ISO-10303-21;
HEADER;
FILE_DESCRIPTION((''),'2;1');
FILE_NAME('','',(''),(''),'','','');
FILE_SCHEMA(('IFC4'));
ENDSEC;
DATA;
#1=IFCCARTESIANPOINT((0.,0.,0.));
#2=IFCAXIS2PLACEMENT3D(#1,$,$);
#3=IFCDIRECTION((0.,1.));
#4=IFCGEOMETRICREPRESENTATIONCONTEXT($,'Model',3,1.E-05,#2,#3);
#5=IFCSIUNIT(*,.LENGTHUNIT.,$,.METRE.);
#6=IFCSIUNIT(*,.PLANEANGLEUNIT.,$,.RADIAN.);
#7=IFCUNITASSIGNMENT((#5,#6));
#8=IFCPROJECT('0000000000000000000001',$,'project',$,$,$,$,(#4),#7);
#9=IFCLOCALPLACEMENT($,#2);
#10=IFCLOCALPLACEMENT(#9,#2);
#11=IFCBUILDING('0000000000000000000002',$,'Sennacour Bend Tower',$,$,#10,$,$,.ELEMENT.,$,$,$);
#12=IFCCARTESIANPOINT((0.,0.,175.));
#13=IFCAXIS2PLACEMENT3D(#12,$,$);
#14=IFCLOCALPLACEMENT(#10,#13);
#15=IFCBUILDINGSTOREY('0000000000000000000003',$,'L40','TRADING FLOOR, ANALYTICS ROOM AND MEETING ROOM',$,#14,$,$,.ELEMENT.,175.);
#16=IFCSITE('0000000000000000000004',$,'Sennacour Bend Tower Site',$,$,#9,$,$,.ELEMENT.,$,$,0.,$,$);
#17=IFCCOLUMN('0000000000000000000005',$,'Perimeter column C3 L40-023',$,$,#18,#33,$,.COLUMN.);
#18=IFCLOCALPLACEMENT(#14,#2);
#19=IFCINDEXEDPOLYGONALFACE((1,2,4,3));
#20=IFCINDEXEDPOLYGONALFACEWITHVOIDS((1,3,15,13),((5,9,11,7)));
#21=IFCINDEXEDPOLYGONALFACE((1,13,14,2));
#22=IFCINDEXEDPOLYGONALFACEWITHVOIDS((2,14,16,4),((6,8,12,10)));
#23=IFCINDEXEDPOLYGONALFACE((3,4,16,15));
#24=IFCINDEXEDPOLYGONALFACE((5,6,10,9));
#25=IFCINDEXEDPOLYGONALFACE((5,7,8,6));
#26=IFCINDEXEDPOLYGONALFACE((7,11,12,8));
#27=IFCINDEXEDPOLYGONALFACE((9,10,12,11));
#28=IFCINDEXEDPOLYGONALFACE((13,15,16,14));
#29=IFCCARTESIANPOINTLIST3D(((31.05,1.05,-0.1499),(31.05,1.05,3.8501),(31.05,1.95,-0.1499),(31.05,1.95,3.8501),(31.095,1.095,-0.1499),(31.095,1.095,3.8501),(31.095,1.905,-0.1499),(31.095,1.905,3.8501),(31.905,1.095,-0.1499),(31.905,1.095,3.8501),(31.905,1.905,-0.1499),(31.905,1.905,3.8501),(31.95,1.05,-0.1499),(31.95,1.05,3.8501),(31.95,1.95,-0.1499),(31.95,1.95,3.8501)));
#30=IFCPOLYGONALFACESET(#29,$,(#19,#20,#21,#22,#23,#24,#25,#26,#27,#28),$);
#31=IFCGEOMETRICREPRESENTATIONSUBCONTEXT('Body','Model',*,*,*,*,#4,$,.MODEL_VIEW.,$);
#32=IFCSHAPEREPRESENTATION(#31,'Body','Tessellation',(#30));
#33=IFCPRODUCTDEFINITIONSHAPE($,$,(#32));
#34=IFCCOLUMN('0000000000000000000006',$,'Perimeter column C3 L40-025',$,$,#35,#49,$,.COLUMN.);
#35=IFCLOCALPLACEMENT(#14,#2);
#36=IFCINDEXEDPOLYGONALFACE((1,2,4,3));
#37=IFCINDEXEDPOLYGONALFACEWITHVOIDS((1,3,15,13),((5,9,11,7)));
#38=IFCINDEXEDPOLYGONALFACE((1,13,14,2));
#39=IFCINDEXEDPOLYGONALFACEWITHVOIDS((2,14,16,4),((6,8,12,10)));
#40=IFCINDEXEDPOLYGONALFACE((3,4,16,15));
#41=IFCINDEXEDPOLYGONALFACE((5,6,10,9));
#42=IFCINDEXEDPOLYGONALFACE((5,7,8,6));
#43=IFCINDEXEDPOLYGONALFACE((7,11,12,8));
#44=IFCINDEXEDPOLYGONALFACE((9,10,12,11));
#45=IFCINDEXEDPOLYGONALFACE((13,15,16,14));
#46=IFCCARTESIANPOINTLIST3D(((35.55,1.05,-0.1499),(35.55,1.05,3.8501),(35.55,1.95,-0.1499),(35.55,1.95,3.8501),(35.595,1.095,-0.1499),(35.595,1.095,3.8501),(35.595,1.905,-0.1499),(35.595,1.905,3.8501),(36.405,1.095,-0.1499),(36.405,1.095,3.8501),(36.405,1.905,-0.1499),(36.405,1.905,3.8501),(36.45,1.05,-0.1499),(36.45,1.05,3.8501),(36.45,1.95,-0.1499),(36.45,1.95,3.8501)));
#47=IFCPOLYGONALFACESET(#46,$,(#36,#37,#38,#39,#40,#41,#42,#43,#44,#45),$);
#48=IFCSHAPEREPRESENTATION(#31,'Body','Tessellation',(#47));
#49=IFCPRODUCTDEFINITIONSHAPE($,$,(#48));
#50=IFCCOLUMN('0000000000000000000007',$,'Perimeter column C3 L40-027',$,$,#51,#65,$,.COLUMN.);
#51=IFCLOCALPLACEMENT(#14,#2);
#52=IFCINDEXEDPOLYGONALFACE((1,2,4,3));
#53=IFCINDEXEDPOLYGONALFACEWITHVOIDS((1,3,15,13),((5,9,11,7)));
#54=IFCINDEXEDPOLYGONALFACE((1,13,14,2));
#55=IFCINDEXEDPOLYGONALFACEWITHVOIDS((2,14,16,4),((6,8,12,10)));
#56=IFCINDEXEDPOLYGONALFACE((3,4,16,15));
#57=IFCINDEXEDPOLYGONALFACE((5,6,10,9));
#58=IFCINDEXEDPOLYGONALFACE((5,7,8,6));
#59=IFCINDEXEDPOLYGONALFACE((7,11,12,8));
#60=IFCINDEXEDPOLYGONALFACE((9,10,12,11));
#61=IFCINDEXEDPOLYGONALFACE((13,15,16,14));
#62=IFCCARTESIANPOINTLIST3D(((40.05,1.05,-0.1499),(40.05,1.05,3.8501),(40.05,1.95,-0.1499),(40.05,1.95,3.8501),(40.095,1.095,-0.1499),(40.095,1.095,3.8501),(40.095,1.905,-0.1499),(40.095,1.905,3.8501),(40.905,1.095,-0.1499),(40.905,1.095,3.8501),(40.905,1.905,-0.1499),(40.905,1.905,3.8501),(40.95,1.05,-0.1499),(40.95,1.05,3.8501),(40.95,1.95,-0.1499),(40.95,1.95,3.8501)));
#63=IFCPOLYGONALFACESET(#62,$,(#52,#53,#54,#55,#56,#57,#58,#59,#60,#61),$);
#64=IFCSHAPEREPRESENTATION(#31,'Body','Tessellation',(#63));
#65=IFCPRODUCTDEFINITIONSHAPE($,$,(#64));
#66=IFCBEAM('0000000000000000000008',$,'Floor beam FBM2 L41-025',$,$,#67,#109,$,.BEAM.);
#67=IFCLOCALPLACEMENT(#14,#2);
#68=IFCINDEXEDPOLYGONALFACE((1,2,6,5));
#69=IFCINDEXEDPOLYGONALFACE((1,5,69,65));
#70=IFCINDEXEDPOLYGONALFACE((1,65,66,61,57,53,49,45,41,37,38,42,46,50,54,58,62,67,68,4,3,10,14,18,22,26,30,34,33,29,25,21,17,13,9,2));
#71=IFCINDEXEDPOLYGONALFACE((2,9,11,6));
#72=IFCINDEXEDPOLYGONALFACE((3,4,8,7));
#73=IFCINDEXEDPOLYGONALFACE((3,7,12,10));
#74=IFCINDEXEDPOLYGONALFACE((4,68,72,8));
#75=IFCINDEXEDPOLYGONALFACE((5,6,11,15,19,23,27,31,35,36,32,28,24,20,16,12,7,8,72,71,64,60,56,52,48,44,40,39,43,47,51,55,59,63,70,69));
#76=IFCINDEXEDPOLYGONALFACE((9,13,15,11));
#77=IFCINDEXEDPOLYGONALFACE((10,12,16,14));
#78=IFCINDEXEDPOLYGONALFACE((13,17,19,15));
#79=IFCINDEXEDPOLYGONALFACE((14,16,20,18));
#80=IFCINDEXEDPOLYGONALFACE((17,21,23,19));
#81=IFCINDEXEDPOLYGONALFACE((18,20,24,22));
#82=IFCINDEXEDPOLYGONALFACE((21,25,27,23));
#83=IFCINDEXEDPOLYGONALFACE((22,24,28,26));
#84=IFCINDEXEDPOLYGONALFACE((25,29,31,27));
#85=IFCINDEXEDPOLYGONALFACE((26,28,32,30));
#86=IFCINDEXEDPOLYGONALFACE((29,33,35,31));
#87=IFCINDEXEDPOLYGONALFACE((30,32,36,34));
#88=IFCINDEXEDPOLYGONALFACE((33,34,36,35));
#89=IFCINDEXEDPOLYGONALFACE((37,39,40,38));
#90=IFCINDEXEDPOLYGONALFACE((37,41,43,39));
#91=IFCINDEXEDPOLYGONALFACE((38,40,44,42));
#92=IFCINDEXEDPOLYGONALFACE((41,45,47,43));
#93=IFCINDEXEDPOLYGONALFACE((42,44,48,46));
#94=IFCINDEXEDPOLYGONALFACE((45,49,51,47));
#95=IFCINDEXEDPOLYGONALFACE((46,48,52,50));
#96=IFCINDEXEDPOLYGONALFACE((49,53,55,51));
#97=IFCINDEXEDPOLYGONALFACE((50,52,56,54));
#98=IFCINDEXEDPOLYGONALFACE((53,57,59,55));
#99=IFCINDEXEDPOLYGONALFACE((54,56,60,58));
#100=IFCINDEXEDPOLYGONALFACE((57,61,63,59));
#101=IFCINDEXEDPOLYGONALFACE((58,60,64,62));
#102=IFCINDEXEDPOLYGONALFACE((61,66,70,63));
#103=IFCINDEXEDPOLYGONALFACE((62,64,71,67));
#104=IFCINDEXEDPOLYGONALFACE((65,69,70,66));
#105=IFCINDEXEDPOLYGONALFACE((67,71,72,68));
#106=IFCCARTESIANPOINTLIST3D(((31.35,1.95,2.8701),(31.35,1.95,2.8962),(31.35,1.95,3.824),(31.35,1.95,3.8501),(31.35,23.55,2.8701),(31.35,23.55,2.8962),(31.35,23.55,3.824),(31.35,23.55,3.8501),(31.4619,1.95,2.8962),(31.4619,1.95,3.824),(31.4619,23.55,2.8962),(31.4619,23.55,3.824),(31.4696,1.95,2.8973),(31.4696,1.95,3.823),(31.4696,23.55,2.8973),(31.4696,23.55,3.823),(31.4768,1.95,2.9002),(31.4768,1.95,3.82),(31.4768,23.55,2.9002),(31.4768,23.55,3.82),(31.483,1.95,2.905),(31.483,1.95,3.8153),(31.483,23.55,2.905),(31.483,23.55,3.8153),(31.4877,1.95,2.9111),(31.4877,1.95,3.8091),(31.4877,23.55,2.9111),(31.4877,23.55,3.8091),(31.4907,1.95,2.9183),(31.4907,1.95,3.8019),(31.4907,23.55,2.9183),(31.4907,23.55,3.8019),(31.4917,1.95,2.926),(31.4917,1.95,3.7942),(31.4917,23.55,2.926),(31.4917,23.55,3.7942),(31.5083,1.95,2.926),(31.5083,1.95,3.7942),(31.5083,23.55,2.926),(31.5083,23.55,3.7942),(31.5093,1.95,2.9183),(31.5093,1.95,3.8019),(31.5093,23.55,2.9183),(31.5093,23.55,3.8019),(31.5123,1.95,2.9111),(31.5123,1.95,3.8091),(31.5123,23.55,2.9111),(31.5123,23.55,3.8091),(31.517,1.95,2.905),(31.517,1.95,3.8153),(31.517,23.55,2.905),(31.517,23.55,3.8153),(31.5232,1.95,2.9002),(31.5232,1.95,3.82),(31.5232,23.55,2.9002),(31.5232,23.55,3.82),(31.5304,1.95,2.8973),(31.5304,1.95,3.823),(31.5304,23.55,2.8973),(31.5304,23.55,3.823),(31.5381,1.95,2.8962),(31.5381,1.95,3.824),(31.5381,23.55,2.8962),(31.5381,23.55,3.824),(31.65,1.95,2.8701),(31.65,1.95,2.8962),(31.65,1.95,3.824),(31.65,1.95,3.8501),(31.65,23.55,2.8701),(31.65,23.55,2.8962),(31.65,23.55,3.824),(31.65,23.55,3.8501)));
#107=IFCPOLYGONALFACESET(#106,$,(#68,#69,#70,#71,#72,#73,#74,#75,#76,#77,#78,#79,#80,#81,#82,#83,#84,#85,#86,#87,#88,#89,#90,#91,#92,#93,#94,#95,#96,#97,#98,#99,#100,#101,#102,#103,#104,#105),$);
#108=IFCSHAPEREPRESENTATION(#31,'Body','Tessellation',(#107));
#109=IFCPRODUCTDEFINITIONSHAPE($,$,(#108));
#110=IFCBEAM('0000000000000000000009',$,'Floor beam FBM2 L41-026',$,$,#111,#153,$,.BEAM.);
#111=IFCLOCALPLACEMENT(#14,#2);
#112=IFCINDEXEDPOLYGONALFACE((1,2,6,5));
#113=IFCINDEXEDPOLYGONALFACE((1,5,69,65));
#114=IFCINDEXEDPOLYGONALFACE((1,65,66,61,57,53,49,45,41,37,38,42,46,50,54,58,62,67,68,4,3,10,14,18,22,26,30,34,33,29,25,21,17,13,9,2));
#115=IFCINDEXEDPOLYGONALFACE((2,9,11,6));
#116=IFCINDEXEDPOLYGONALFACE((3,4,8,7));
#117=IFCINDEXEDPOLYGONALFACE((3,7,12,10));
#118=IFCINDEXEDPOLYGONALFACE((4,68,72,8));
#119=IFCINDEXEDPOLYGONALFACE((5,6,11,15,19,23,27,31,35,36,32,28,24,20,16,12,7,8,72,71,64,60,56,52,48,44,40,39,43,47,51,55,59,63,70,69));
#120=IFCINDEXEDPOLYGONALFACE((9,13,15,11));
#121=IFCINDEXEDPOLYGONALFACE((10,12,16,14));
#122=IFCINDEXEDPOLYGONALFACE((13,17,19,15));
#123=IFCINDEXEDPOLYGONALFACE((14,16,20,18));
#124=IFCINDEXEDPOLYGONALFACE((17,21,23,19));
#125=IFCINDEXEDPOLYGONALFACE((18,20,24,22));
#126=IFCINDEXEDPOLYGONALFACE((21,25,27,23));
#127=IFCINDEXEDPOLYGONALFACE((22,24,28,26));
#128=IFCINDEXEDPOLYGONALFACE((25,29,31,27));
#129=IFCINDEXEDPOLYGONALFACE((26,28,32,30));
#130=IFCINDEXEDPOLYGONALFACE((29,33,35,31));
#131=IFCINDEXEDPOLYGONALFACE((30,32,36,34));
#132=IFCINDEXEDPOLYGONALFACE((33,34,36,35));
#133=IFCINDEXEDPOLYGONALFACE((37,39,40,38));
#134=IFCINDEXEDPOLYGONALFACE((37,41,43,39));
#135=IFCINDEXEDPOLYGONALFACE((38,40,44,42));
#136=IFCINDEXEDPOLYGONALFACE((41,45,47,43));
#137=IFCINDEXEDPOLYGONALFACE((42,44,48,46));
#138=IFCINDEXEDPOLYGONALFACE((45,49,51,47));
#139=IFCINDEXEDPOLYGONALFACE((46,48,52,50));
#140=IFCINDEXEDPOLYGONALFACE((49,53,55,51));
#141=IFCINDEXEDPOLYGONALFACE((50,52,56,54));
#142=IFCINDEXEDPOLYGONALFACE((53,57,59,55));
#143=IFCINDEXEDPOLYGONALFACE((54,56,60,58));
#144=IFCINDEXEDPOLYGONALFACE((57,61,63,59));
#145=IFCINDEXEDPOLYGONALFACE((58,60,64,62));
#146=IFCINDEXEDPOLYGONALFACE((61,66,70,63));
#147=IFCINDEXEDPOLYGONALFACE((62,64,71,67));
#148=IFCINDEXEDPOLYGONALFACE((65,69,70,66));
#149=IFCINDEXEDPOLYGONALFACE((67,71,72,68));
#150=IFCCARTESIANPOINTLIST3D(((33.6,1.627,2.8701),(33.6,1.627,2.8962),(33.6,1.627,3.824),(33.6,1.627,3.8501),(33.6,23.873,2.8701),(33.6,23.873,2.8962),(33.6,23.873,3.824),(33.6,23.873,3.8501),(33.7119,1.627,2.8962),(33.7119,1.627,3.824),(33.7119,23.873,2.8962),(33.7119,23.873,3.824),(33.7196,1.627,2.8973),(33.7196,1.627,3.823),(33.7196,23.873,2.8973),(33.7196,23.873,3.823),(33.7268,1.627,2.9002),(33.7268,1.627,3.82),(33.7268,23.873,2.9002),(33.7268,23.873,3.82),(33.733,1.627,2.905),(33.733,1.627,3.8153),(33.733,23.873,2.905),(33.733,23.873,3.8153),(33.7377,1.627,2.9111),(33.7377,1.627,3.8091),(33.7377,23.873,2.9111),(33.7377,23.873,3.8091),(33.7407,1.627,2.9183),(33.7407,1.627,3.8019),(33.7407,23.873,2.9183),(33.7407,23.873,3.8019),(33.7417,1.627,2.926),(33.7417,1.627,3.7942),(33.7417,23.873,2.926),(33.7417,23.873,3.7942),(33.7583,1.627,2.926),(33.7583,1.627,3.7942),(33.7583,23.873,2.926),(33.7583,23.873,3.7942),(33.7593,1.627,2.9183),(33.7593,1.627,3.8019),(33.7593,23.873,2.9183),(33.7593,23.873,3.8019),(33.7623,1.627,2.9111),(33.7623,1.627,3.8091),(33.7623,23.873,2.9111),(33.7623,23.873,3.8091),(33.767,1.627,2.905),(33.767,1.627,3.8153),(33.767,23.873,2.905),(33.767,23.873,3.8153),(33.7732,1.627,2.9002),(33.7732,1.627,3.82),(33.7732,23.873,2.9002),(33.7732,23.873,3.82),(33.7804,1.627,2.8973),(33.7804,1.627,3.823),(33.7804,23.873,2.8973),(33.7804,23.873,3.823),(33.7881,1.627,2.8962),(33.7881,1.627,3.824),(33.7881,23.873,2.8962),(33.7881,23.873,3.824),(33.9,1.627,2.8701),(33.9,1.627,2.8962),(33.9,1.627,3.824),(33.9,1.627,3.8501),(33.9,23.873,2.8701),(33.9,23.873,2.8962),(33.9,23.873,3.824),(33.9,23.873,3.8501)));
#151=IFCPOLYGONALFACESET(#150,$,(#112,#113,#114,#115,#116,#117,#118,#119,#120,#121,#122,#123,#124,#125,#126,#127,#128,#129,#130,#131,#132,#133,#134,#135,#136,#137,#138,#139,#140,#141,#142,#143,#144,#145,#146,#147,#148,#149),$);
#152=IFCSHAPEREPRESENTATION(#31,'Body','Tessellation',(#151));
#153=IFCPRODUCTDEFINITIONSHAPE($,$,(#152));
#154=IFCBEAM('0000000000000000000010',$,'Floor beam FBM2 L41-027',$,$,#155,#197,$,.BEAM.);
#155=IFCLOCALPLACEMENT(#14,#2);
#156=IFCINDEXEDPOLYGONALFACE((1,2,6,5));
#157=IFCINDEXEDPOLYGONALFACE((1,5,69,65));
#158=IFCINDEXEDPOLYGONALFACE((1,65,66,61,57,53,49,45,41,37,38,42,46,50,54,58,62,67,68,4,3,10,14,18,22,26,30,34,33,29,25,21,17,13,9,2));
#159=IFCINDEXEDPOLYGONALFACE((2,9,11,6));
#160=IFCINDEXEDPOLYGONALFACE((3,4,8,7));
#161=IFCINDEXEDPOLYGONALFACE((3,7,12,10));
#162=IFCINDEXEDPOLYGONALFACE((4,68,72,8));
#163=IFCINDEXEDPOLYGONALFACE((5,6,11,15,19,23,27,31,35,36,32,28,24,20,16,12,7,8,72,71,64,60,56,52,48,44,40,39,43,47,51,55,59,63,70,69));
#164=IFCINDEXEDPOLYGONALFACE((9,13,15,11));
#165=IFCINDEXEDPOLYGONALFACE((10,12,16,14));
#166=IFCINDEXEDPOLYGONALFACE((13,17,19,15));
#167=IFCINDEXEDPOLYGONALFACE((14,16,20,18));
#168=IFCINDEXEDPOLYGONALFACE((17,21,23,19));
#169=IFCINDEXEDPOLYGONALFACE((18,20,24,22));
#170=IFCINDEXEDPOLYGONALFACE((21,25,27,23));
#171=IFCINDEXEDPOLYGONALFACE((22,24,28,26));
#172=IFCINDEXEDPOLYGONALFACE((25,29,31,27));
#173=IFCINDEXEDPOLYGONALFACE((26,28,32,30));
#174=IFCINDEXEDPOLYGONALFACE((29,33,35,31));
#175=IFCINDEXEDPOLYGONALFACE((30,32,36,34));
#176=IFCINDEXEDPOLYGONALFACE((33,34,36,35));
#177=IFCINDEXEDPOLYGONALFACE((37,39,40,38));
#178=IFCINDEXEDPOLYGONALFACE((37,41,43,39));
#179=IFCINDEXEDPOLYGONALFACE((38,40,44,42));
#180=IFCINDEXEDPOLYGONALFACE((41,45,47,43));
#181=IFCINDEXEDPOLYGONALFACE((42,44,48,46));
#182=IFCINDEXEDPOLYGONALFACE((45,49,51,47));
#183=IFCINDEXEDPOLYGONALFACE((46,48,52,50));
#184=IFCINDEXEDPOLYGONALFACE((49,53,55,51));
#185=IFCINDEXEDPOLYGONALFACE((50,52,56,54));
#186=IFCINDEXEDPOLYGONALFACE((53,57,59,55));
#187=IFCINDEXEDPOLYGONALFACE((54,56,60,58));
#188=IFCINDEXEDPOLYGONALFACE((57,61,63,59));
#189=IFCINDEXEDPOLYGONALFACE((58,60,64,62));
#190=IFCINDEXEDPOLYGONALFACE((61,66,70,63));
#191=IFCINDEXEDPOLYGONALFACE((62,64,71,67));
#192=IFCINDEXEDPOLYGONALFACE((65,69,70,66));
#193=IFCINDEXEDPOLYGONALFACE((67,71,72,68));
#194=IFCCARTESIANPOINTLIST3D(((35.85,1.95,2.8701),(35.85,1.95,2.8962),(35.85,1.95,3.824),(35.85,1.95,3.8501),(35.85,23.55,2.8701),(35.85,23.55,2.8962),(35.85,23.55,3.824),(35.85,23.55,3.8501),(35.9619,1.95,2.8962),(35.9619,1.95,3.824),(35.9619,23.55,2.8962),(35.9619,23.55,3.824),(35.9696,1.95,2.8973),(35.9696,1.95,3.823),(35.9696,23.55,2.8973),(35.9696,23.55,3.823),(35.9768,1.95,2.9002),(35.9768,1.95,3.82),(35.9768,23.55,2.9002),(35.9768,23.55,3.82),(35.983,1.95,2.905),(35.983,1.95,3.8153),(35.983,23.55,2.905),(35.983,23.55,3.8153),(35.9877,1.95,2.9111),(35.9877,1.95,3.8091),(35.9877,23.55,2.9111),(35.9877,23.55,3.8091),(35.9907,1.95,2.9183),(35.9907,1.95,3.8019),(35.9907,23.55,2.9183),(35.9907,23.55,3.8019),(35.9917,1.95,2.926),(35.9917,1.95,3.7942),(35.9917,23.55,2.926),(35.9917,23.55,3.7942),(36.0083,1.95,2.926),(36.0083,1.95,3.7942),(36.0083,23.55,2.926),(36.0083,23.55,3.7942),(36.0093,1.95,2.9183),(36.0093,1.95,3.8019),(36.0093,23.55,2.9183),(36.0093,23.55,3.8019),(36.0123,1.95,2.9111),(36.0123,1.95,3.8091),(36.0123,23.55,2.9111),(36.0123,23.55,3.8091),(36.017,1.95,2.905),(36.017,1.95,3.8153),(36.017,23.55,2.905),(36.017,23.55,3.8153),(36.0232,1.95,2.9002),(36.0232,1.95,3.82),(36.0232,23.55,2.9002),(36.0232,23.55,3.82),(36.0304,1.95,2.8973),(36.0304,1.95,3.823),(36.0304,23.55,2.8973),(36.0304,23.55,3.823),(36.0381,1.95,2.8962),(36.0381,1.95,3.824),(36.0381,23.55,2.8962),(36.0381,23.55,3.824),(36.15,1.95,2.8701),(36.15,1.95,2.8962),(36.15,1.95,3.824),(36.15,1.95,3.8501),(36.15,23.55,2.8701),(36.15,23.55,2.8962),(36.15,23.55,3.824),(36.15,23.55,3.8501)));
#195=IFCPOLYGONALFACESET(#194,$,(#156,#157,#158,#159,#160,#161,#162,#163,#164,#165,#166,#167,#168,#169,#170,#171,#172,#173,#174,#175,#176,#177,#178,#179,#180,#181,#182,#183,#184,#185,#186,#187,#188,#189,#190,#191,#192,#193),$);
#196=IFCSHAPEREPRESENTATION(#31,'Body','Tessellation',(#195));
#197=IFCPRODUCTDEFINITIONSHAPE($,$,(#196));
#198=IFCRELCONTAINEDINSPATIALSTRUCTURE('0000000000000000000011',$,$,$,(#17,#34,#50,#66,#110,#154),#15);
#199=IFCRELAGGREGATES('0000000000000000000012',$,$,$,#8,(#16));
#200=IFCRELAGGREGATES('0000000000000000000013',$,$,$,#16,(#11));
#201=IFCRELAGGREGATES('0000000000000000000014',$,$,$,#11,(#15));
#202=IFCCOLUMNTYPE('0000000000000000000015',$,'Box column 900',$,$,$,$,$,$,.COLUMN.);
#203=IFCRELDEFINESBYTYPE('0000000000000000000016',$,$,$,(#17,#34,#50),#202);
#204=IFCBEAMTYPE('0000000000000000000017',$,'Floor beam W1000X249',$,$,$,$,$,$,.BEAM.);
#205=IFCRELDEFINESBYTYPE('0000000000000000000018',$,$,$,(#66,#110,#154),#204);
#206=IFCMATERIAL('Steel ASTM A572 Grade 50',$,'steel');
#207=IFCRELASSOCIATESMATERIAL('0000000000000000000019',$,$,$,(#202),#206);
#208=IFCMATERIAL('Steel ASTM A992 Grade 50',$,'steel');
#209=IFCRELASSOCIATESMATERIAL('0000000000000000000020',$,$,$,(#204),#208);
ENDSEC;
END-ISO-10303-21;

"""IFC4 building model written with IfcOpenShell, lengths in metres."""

from ifc_helpers import new_model, si_unit, direction, frame, origin, origin_2d, place, context, subcontext, project, spatial, hollow_rectangle, i_section, extrude, material, material_profile, profile_set, type_object, element, save


model = new_model("IFC4")

# Units and contexts
model_context = context("Model", 3, precision=1e-05, world=origin(), true_north=direction((0.0, 1.0)))
body_context = subcontext(model_context, "Body", "Model", "MODEL_VIEW")
ifc_project = project(units=[si_unit("LENGTHUNIT", "METRE"), si_unit("PLANEANGLEUNIT", "RADIAN")], contexts=[model_context])

# Site, building, storey
site_placement = place(None, origin())
site = spatial("IfcSite", under=ifc_project, at=site_placement, Name="Sennacour Bend Tower Site", CompositionType="ELEMENT", RefElevation=0.0)
building_placement = place(site_placement, origin())
building = spatial("IfcBuilding", under=site, at=building_placement, Name="Sennacour Bend Tower", CompositionType="ELEMENT")
storey_placement = place(building_placement, frame((0.0, 0.0, 175.0)))
storey = spatial("IfcBuildingStorey", under=building, at=storey_placement, Name="L40", Description="TRADING FLOOR, ANALYTICS ROOM AND MEETING ROOM", CompositionType="ELEMENT", Elevation=175.0)

# Columns
ifc_material_1 = material(Name="Steel ASTM A572 Grade 50", Category="steel")
ifc_material_profile_1 = material_profile(ifc_material_1, hollow_rectangle(XDim=0.8999, YDim=0.8999, WallThickness=0.0449, at=origin_2d()), Name="Steel ASTM A572 Grade 50", Category="steel")
ifc_profile_set_1 = profile_set([ifc_material_profile_1], Name="Steel ASTM A572 Grade 50")
column_type = type_object("IfcColumnType", Name="Box column 900", PredefinedType="COLUMN", material=ifc_profile_set_1)
for number, where, z_axis, x_axis, name in (
    (1, (31.5, 1.5, -0.1499), (0.0, 0.0, 1.0), (1.0, 0.0, 0.0), "Perimeter column C3 L40-023"),
    (2, (36.0, 1.5, -0.1499), (0.0, 0.0, 1.0), (1.0, 0.0, 0.0), "Perimeter column C3 L40-025"),
    (3, (40.5, 1.5, -0.1499), (0.0, 0.0, 1.0), (1.0, 0.0, 0.0), "Perimeter column C3 L40-027"),
):
    element("IfcColumn", number, at=place(storey_placement, frame(where, z_axis=z_axis, x_axis=x_axis)), inside=storey, type_object=column_type, Name=name, PredefinedType="COLUMN", context=body_context, shape_type="SweptSolid", body=[
        extrude(hollow_rectangle(XDim=0.8999, YDim=0.8999, WallThickness=0.0449, at=origin_2d()), origin(), (0.0, 0.0, 1.0), 4.0),
    ])

# Beams
ifc_material_2 = material(Name="Steel ASTM A992 Grade 50", Category="steel")
ifc_material_profile_2 = material_profile(ifc_material_2, i_section(OverallWidth=0.3, OverallDepth=0.98, WebThickness=0.0166, FlangeThickness=0.0261, FilletRadius=0.0298, at=origin_2d()), Name="Steel ASTM A992 Grade 50", Category="steel")
ifc_profile_set_2 = profile_set([ifc_material_profile_2], Name="Steel ASTM A992 Grade 50")
beam_type_1 = type_object("IfcBeamType", Name="Floor beam W1000X249", PredefinedType="BEAM", material=ifc_profile_set_2)
beam_1_placement = place(storey_placement, frame((31.5, 1.95, 3.3601), z_axis=(0.0, 1.0, 0.0), x_axis=(-1.0, 0.0, 0.0)))
element("IfcBeam", 4, at=beam_1_placement, inside=storey, type_object=beam_type_1, Name="Floor beam FBM2 L41-025", PredefinedType="BEAM", context=body_context, shape_type="SweptSolid", body=[
    extrude(i_section(OverallWidth=0.3, OverallDepth=0.98, WebThickness=0.0166, FlangeThickness=0.0261, FilletRadius=0.0298, at=origin_2d()), origin(), (0.0, 0.0, 1.0), 21.6001),
])
beam_2_placement = place(storey_placement, frame((33.75, 1.627, 3.3601), z_axis=(0.0, 1.0, 0.0), x_axis=(-1.0, 0.0, 0.0)))
element("IfcBeam", 5, at=beam_2_placement, inside=storey, type_object=beam_type_1, Name="Floor beam FBM2 L41-026", PredefinedType="BEAM", context=body_context, shape_type="SweptSolid", body=[
    extrude(i_section(OverallWidth=0.3, OverallDepth=0.98, WebThickness=0.0166, FlangeThickness=0.0261, FilletRadius=0.0298, at=origin_2d()), origin(), (0.0, 0.0, 1.0), 22.2461),
])
beam_3_placement = place(storey_placement, frame((36.0, 1.95, 3.3601), z_axis=(0.0, 1.0, 0.0), x_axis=(-1.0, 0.0, 0.0)))
element("IfcBeam", 6, at=beam_3_placement, inside=storey, type_object=beam_type_1, Name="Floor beam FBM2 L41-027", PredefinedType="BEAM", context=body_context, shape_type="SweptSolid", body=[
    extrude(i_section(OverallWidth=0.3, OverallDepth=0.98, WebThickness=0.0166, FlangeThickness=0.0261, FilletRadius=0.0298, at=origin_2d()), origin(), (0.0, 0.0, 1.0), 21.6001),
])

save(model, "model.ifc")
